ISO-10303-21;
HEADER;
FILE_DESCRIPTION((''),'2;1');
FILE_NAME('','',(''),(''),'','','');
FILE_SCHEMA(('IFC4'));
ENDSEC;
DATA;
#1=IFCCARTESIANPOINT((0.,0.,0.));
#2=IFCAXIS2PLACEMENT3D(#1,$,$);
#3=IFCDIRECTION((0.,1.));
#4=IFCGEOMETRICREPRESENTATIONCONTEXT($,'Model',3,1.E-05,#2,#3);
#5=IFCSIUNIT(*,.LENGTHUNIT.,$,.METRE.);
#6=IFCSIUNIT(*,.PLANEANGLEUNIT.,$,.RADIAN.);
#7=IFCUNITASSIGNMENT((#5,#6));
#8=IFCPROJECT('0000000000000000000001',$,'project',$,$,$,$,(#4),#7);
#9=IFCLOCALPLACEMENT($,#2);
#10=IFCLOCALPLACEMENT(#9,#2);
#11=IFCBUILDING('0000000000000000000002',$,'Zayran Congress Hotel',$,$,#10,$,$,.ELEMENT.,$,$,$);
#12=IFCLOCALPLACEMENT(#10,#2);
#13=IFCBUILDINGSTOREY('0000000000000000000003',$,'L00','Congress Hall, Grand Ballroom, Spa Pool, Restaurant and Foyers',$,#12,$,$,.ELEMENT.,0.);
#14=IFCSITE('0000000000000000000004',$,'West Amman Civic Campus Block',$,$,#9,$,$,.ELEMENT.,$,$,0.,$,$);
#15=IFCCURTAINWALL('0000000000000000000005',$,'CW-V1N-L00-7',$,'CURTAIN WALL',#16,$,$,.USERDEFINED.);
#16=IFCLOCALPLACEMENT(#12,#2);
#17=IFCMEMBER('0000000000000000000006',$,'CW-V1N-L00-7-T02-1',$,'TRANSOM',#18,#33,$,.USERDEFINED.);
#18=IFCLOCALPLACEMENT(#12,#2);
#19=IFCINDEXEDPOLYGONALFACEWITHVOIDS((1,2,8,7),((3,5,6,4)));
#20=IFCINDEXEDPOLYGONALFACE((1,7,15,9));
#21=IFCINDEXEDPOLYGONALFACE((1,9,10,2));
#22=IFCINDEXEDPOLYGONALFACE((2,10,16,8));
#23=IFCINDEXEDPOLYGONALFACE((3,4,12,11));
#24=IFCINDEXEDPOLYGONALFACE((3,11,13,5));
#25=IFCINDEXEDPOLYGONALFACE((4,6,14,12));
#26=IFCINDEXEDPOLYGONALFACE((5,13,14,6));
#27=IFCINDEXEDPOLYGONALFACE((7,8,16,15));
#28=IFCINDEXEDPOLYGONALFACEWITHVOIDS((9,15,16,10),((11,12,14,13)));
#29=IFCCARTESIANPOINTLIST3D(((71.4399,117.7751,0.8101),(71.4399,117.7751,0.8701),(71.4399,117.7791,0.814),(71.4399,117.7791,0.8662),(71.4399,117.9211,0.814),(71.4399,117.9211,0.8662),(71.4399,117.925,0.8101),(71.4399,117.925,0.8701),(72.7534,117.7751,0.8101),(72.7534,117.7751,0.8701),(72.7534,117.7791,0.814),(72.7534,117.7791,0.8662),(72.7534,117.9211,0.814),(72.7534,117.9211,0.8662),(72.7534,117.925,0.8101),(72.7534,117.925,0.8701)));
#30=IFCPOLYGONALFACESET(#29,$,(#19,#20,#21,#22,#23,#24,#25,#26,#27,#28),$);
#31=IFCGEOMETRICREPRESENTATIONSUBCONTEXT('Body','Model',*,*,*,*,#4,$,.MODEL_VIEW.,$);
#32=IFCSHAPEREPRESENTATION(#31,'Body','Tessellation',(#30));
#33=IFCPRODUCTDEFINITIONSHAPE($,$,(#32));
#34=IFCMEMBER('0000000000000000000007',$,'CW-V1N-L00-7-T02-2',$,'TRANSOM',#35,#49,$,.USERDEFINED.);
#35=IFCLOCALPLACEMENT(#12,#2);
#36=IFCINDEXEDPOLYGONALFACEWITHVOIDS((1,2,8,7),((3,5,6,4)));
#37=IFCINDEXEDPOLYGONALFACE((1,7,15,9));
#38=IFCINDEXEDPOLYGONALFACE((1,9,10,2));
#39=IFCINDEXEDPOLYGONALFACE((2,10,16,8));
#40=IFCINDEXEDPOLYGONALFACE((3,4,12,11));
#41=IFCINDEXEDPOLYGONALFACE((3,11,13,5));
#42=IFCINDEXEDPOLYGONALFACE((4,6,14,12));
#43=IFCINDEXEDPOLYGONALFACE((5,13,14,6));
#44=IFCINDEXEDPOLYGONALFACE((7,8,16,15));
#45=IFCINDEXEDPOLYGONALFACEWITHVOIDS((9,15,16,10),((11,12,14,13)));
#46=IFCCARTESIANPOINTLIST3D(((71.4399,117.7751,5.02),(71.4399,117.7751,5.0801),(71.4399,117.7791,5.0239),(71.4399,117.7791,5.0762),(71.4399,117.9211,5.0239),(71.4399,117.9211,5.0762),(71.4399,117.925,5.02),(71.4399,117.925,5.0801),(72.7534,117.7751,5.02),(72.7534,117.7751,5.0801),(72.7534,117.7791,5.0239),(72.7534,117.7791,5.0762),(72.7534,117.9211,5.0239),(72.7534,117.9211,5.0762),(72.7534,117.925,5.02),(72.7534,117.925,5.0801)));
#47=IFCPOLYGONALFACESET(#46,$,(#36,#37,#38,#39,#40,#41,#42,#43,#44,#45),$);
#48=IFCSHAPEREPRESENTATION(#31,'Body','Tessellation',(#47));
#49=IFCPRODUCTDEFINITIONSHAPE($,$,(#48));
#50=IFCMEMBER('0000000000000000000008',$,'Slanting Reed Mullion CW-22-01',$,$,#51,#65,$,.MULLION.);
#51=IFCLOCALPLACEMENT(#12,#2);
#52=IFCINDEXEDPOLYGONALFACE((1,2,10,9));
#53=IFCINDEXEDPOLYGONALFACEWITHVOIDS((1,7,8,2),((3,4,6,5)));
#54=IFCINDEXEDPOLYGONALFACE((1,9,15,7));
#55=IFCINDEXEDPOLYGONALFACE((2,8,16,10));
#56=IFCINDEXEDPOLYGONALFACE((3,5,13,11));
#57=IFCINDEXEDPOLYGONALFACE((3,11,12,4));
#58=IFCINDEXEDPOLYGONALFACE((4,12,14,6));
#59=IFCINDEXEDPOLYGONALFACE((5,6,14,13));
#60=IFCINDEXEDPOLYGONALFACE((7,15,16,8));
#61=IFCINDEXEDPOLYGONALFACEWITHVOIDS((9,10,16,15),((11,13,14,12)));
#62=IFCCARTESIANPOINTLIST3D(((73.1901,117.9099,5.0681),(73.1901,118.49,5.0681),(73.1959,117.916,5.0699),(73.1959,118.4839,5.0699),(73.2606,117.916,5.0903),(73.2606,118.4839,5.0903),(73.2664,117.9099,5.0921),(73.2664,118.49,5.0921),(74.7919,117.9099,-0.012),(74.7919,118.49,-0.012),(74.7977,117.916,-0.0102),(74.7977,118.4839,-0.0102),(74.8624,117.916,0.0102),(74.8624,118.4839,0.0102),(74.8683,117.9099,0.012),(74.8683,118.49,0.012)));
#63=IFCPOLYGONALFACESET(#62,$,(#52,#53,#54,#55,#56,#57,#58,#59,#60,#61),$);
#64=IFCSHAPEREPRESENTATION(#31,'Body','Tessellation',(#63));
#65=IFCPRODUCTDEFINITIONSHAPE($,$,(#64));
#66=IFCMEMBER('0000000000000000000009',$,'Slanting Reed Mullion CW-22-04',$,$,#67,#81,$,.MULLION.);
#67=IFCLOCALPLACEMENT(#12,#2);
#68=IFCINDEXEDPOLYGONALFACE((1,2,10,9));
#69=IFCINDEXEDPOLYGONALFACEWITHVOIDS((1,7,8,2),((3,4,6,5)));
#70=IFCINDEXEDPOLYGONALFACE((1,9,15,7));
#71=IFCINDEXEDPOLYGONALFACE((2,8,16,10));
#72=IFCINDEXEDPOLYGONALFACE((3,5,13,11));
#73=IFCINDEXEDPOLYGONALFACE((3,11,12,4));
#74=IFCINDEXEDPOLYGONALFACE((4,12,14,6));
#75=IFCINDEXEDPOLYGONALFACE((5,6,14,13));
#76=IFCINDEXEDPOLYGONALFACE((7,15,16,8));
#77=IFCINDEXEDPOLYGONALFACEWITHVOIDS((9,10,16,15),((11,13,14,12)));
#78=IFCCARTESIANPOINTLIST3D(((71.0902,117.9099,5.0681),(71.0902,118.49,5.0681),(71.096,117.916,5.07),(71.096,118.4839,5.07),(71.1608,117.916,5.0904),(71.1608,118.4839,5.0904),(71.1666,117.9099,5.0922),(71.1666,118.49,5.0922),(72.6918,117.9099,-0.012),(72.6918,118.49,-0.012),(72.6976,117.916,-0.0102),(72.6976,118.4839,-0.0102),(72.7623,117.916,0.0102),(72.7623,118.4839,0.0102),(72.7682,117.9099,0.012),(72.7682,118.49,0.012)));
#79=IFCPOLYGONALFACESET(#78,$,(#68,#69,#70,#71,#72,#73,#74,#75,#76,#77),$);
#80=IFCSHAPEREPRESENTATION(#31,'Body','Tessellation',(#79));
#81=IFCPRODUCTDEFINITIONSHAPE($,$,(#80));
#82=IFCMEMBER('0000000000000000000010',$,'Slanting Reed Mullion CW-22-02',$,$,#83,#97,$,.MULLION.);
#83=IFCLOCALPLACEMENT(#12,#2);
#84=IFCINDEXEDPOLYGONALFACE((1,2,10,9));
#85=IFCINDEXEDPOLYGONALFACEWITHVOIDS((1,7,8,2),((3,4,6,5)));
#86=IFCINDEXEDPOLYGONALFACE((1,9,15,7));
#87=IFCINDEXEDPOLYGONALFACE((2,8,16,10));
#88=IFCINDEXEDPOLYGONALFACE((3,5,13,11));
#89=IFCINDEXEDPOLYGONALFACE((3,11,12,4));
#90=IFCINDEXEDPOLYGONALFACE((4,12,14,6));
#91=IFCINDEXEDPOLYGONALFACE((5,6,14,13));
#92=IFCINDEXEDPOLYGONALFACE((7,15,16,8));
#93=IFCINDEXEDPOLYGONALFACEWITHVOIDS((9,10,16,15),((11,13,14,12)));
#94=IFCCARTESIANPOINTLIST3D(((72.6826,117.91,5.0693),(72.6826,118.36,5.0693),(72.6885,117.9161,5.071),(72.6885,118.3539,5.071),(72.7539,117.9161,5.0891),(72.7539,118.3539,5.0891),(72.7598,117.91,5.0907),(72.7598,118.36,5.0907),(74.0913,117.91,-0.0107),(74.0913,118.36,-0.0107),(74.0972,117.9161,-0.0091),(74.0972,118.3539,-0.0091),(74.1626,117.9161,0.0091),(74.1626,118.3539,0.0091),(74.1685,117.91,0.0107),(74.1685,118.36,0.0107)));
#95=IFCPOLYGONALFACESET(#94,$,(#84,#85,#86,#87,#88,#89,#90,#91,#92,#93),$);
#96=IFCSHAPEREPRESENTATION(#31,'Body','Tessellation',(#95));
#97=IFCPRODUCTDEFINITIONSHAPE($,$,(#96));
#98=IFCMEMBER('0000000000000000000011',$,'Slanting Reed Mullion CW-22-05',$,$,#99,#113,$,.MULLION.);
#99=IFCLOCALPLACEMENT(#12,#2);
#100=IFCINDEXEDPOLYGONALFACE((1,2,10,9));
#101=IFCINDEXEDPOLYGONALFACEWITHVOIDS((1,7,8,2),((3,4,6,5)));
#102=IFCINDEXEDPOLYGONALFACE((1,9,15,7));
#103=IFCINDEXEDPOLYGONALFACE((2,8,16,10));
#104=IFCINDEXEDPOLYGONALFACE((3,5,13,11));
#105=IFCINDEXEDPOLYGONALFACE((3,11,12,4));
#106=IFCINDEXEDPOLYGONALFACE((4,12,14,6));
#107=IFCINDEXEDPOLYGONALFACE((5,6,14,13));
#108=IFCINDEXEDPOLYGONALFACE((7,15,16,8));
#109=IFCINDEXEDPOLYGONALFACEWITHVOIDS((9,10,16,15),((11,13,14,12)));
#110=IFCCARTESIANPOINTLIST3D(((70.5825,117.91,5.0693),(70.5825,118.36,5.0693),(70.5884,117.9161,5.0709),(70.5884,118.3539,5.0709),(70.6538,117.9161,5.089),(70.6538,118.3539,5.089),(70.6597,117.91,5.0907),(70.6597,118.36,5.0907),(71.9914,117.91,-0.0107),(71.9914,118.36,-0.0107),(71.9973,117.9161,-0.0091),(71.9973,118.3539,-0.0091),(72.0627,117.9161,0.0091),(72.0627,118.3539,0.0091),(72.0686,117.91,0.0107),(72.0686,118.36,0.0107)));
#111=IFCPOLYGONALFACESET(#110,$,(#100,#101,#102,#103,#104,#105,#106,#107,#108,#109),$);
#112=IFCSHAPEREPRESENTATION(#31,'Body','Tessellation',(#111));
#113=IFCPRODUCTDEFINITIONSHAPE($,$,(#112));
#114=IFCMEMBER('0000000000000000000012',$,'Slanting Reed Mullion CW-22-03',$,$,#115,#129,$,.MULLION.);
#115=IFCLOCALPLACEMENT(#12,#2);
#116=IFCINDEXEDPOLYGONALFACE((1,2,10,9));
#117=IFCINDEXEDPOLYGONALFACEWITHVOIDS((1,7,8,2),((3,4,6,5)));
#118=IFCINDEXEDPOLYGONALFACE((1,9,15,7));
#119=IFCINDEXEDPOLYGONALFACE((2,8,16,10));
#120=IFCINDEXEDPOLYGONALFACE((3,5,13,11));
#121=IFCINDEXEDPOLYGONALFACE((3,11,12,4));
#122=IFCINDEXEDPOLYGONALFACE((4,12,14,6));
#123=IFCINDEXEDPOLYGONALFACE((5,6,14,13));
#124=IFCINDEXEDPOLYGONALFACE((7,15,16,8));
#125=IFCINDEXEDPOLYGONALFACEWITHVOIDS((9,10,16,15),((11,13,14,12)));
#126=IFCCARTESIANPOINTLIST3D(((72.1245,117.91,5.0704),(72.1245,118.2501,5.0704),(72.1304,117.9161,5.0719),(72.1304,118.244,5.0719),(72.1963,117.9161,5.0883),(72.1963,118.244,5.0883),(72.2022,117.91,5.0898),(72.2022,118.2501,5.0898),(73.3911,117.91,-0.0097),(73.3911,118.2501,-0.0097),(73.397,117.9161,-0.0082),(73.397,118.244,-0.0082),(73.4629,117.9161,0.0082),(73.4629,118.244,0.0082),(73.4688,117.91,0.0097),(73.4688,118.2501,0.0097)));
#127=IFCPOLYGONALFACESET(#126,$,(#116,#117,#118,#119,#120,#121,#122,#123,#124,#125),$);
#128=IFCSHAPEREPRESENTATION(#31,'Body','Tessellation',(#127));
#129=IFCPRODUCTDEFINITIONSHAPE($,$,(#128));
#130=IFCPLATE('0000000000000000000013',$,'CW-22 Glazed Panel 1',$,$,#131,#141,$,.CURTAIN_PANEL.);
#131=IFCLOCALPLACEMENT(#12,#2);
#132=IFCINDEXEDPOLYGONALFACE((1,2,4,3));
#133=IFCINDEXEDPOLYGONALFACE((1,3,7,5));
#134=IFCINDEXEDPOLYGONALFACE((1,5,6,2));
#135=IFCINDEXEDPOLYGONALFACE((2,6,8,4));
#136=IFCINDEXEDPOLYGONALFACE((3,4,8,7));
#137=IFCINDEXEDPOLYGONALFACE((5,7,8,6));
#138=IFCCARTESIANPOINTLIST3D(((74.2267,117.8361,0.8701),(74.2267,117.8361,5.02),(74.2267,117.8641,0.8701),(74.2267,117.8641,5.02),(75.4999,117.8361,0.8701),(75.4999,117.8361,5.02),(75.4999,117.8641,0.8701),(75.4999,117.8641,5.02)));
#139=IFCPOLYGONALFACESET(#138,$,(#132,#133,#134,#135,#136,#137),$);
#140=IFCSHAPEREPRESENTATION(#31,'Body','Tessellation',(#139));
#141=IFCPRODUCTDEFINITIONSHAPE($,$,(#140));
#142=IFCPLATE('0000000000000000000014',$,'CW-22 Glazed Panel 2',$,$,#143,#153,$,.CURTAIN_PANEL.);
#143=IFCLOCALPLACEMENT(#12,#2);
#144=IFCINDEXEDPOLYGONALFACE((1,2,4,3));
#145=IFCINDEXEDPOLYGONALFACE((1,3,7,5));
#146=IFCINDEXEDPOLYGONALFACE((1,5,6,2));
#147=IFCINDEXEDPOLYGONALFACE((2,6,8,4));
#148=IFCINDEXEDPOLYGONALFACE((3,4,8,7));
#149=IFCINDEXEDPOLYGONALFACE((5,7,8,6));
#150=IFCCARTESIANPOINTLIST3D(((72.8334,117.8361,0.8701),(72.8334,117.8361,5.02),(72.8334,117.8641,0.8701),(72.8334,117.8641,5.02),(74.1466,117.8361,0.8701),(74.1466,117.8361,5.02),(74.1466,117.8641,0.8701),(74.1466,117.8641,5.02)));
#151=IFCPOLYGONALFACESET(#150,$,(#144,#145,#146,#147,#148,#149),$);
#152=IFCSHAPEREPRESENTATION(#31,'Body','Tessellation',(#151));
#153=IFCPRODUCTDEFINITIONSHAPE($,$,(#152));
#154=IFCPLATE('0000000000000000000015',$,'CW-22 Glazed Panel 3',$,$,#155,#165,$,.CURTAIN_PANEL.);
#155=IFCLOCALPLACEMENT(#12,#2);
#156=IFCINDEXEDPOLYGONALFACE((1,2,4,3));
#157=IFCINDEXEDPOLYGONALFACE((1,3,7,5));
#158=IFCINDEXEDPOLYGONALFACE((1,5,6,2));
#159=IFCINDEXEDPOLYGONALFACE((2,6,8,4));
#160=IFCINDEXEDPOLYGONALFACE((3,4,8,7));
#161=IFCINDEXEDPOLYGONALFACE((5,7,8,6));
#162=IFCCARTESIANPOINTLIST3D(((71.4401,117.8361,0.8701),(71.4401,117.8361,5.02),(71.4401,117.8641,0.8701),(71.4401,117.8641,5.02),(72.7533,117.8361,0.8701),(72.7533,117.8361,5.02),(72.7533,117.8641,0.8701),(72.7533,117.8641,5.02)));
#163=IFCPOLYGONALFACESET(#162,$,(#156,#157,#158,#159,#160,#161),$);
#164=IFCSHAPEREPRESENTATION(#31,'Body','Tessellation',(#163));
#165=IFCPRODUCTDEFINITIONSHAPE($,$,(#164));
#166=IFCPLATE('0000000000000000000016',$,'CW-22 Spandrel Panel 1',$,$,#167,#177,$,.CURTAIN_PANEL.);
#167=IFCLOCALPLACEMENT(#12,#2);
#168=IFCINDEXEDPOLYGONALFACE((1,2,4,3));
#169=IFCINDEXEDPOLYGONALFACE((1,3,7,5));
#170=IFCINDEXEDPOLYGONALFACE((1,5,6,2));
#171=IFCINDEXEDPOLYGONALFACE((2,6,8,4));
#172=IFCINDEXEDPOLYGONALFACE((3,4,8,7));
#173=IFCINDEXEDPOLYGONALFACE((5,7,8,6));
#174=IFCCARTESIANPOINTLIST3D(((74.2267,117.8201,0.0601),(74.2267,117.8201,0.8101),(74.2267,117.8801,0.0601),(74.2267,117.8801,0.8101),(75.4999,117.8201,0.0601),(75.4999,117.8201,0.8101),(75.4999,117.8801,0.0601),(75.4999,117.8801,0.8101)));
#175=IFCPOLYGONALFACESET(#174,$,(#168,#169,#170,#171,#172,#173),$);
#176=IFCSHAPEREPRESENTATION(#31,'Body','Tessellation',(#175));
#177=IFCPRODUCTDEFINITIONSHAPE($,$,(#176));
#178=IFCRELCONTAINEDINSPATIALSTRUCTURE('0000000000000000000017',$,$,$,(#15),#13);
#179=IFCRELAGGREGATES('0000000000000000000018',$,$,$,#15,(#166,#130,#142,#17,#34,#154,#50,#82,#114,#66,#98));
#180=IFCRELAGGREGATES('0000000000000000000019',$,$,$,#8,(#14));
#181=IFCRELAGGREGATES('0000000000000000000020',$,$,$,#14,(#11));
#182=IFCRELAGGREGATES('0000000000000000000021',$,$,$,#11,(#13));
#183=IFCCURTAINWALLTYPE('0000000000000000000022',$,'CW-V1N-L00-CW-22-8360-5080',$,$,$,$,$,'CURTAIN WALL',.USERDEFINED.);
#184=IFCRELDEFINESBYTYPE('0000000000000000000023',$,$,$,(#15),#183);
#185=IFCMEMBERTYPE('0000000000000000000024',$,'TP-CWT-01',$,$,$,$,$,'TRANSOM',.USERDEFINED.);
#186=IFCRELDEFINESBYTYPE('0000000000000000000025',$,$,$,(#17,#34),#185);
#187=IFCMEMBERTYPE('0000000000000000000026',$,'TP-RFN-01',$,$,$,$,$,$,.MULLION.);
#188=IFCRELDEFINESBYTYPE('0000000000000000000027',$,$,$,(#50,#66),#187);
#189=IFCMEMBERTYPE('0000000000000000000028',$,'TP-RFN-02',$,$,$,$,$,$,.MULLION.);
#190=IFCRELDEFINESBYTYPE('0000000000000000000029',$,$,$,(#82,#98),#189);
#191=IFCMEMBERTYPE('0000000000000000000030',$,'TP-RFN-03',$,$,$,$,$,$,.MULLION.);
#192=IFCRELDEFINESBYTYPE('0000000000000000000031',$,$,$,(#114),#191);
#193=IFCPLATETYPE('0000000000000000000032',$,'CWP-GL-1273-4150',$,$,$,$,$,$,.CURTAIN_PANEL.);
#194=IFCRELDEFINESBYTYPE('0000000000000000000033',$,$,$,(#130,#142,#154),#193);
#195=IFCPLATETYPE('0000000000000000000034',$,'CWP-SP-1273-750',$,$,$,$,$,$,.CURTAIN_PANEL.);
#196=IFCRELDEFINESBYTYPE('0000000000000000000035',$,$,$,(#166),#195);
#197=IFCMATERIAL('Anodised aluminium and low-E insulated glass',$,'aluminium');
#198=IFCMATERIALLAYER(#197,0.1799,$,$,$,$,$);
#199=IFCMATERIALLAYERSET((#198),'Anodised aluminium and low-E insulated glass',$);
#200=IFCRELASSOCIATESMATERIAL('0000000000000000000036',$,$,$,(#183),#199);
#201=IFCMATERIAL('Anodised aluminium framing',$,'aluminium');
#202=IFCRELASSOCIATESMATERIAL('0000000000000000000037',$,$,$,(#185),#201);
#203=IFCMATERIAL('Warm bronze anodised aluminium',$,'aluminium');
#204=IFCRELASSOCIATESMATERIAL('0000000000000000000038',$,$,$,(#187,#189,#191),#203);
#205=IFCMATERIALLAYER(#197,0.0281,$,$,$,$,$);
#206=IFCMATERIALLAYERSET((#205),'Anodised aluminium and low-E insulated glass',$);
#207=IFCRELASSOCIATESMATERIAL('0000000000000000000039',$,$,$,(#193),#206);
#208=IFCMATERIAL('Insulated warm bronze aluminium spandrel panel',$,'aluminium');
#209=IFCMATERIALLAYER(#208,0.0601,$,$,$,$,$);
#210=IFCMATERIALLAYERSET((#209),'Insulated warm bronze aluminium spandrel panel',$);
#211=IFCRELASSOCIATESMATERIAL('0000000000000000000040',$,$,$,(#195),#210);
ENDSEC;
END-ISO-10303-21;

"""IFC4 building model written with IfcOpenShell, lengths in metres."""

from ifc_helpers import new_model, si_unit, direction, frame, origin, origin_2d, place, context, subcontext, project, spatial, rectangle, hollow_rectangle, extrude, material, layer, layer_set, material_profile, profile_set, type_object, element, aggregate, save


model = new_model("IFC4")

# Units and contexts
model_context = context("Model", 3, precision=1e-05, world=origin(), true_north=direction((0.0, 1.0)))
body_context = subcontext(model_context, "Body", "Model", "MODEL_VIEW")
ifc_project = project(units=[si_unit("LENGTHUNIT", "METRE"), si_unit("PLANEANGLEUNIT", "RADIAN")], contexts=[model_context])

# Site, building, storey
site_placement = place(None, origin())
site = spatial("IfcSite", under=ifc_project, at=site_placement, Name="West Amman Civic Campus Block", CompositionType="ELEMENT", RefElevation=0.0)
building_placement = place(site_placement, origin())
building = spatial("IfcBuilding", under=site, at=building_placement, Name="Zayran Congress Hotel", CompositionType="ELEMENT")
storey_placement = place(building_placement, origin())
storey = spatial("IfcBuildingStorey", under=building, at=storey_placement, Name="L00", Description="Congress Hall, Grand Ballroom, Spa Pool, Restaurant and Foyers", CompositionType="ELEMENT", Elevation=0.0)

# Curtain wall
ifc_material_1 = material(Name="Anodised aluminium and low-E insulated glass", Category="aluminium")
ifc_layer_1 = layer(ifc_material_1, 0.1799)
ifc_layer_set_1 = layer_set([ifc_layer_1], Name="Anodised aluminium and low-E insulated glass")
curtain_wall_type_1 = type_object("IfcCurtainWallType", Name="CW-V1N-L00-CW-22-8360-5080", ElementType="CURTAIN WALL", PredefinedType="USERDEFINED", material=ifc_layer_set_1)
curtain_wall_1_placement = place(storey_placement, origin())
curtain_wall_1 = element("IfcCurtainWall", 1, at=curtain_wall_1_placement, inside=storey, type_object=curtain_wall_type_1, Name="CW-V1N-L00-7", ObjectType="CURTAIN WALL", PredefinedType="USERDEFINED")
ifc_material_2 = material(Name="Anodised aluminium framing", Category="aluminium")

# Members
ifc_material_profile_1 = material_profile(ifc_material_2, hollow_rectangle(XDim=0.0601, YDim=0.1499, WallThickness=0.0039, at=origin_2d()), Name="RHS 150x60x4")
ifc_profile_set_1 = profile_set([ifc_material_profile_1], Name="Anodised aluminium framing")
member_type_1 = type_object("IfcMemberType", Name="TP-CWT-01", ElementType="TRANSOM", PredefinedType="USERDEFINED", material=ifc_profile_set_1)
member_1_placement = place(storey_placement, frame((72.7534, 117.8501, 0.8401), z_axis=(-1.0, 0.0, 0.0), x_axis=(0.0, 0.0, 1.0)))
member_1 = element("IfcMember", 2, at=member_1_placement, type_object=member_type_1, Name="CW-V1N-L00-7-T02-1", ObjectType="TRANSOM", PredefinedType="USERDEFINED", context=body_context, shape_type="SweptSolid", body=[
    extrude(hollow_rectangle(XDim=0.0601, YDim=0.1499, WallThickness=0.0039, at=origin_2d()), origin(), (0.0, 0.0, 1.0), 1.3135),
])
member_2_placement = place(storey_placement, frame((72.7534, 117.8501, 5.05), z_axis=(-1.0, 0.0, 0.0), x_axis=(0.0, 0.0, 1.0)))
member_2 = element("IfcMember", 3, at=member_2_placement, type_object=member_type_1, Name="CW-V1N-L00-7-T02-2", ObjectType="TRANSOM", PredefinedType="USERDEFINED", context=body_context, shape_type="SweptSolid", body=[
    extrude(hollow_rectangle(XDim=0.0601, YDim=0.1499, WallThickness=0.0039, at=origin_2d()), origin(), (0.0, 0.0, 1.0), 1.3135),
])
ifc_material_3 = material(Name="Warm bronze anodised aluminium", Category="aluminium")
ifc_material_profile_2 = material_profile(ifc_material_3, hollow_rectangle(XDim=0.0801, YDim=0.5801, WallThickness=0.0061, at=origin_2d()), Name="RHS 580x80x6")
ifc_profile_set_2 = profile_set([ifc_material_profile_2], Name="Warm bronze anodised aluminium")
member_type_2 = type_object("IfcMemberType", Name="TP-RFN-01", PredefinedType="MULLION", material=ifc_profile_set_2)
member_3_placement = place(storey_placement, frame((74.8301, 118.2, 0.0), z_axis=(-0.300717, 0.0, 0.953713), x_axis=(0.953713, 0.0, 0.300717)))
member_3 = element("IfcMember", 4, at=member_3_placement, type_object=member_type_2, Name="Slanting Reed Mullion CW-22-01", PredefinedType="MULLION", context=body_context, shape_type="SweptSolid", body=[
    extrude(hollow_rectangle(XDim=0.0801, YDim=0.5801, WallThickness=0.0061, at=origin_2d()), origin(), (0.0, 0.0, 1.0), 5.3267),
])
member_4_placement = place(storey_placement, frame((72.73, 118.2, 0.0), z_axis=(-0.300675, 0.0, 0.953727), x_axis=(0.953727, 0.0, 0.300675)))
member_4 = element("IfcMember", 5, at=member_4_placement, type_object=member_type_2, Name="Slanting Reed Mullion CW-22-04", PredefinedType="MULLION", context=body_context, shape_type="SweptSolid", body=[
    extrude(hollow_rectangle(XDim=0.0801, YDim=0.5801, WallThickness=0.0061, at=origin_2d()), origin(), (0.0, 0.0, 1.0), 5.3267),
])
ifc_material_profile_3 = material_profile(ifc_material_3, hollow_rectangle(XDim=0.0801, YDim=0.45, WallThickness=0.0061, at=origin_2d()), Name="RHS 450x80x6")
ifc_profile_set_3 = profile_set([ifc_material_profile_3], Name="Warm bronze anodised aluminium")
member_type_3 = type_object("IfcMemberType", Name="TP-RFN-02", PredefinedType="MULLION", material=ifc_profile_set_3)
member_5_placement = place(storey_placement, frame((74.1299, 118.135, 0.0), z_axis=(-0.267214, 0.0, 0.963637), x_axis=(0.963637, 0.0, 0.267214)))
member_5 = element("IfcMember", 6, at=member_5_placement, type_object=member_type_3, Name="Slanting Reed Mullion CW-22-02", PredefinedType="MULLION", context=body_context, shape_type="SweptSolid", body=[
    extrude(hollow_rectangle(XDim=0.0801, YDim=0.45, WallThickness=0.0061, at=origin_2d()), origin(), (0.0, 0.0, 1.0), 5.2717),
])
member_6_placement = place(storey_placement, frame((72.03, 118.135, 0.0), z_axis=(-0.267257, 0.0, 0.963625), x_axis=(0.963625, 0.0, 0.267257)))
member_6 = element("IfcMember", 7, at=member_6_placement, type_object=member_type_3, Name="Slanting Reed Mullion CW-22-05", PredefinedType="MULLION", context=body_context, shape_type="SweptSolid", body=[
    extrude(hollow_rectangle(XDim=0.0801, YDim=0.45, WallThickness=0.0061, at=origin_2d()), origin(), (0.0, 0.0, 1.0), 5.2717),
])
ifc_material_profile_4 = material_profile(ifc_material_3, hollow_rectangle(XDim=0.0801, YDim=0.3401, WallThickness=0.0061, at=origin_2d()), Name="RHS 340x80x6")
ifc_profile_set_4 = profile_set([ifc_material_profile_4], Name="Warm bronze anodised aluminium")
member_type_4 = type_object("IfcMemberType", Name="TP-RFN-03", PredefinedType="MULLION", material=ifc_profile_set_4)
member_7_placement = place(storey_placement, frame((73.4299, 118.0801, 0.0), z_axis=(-0.241921, 0.0, 0.970296), x_axis=(0.970296, 0.0, 0.241921)))
member_7 = element("IfcMember", 8, at=member_7_placement, type_object=member_type_4, Name="Slanting Reed Mullion CW-22-03", PredefinedType="MULLION", context=body_context, shape_type="SweptSolid", body=[
    extrude(hollow_rectangle(XDim=0.0801, YDim=0.3401, WallThickness=0.0061, at=origin_2d()), origin(), (0.0, 0.0, 1.0), 5.2356),
])

# Plates
ifc_layer_2 = layer(ifc_material_1, 0.0281)
ifc_layer_set_2 = layer_set([ifc_layer_2], Name="Anodised aluminium and low-E insulated glass")
plate_type_1 = type_object("IfcPlateType", Name="CWP-GL-1273-4150", PredefinedType="CURTAIN_PANEL", material=ifc_layer_set_2)
plate_1_placement = place(storey_placement, frame((74.8633, 117.8501, 0.8701), z_axis=(0.0, 0.0, 1.0), x_axis=(1.0, 0.0, 0.0)))
plate_1 = element("IfcPlate", 9, at=plate_1_placement, type_object=plate_type_1, Name="CW-22 Glazed Panel 1", PredefinedType="CURTAIN_PANEL", context=body_context, shape_type="SweptSolid", body=[
    extrude(rectangle(XDim=1.2732, YDim=0.0281, at=origin_2d()), origin(), (0.0, 0.0, 1.0), 4.1499),
])
plate_2_placement = place(storey_placement, frame((73.49, 117.8501, 0.8701), z_axis=(0.0, 0.0, 1.0), x_axis=(1.0, 0.0, 0.0)))
plate_2 = element("IfcPlate", 10, at=plate_2_placement, type_object=plate_type_1, Name="CW-22 Glazed Panel 2", PredefinedType="CURTAIN_PANEL", context=body_context, shape_type="SweptSolid", body=[
    extrude(rectangle(XDim=1.3132, YDim=0.0281, at=origin_2d()), origin(), (0.0, 0.0, 1.0), 4.1499),
])
plate_3_placement = place(storey_placement, frame((72.0967, 117.8501, 0.8701), z_axis=(0.0, 0.0, 1.0), x_axis=(1.0, 0.0, 0.0)))
plate_3 = element("IfcPlate", 11, at=plate_3_placement, type_object=plate_type_1, Name="CW-22 Glazed Panel 3", PredefinedType="CURTAIN_PANEL", context=body_context, shape_type="SweptSolid", body=[
    extrude(rectangle(XDim=1.3132, YDim=0.0281, at=origin_2d()), origin(), (0.0, 0.0, 1.0), 4.1499),
])
ifc_material_4 = material(Name="Insulated warm bronze aluminium spandrel panel", Category="aluminium")
ifc_layer_3 = layer(ifc_material_4, 0.0601)
ifc_layer_set_3 = layer_set([ifc_layer_3], Name="Insulated warm bronze aluminium spandrel panel")
plate_type_2 = type_object("IfcPlateType", Name="CWP-SP-1273-750", PredefinedType="CURTAIN_PANEL", material=ifc_layer_set_3)
plate_4_placement = place(storey_placement, frame((74.8633, 117.8501, 0.0601), z_axis=(0.0, 0.0, 1.0), x_axis=(1.0, 0.0, 0.0)))
plate_4 = element("IfcPlate", 12, at=plate_4_placement, type_object=plate_type_2, Name="CW-22 Spandrel Panel 1", PredefinedType="CURTAIN_PANEL", context=body_context, shape_type="SweptSolid", body=[
    extrude(rectangle(XDim=1.2732, YDim=0.0601, at=origin_2d()), origin(), (0.0, 0.0, 1.0), 0.75),
])
aggregate(curtain_wall_1, [plate_4, plate_1, plate_2, member_1, member_2, plate_3, member_3, member_5, member_7, member_4, member_6])

save(model, "model.ifc")
